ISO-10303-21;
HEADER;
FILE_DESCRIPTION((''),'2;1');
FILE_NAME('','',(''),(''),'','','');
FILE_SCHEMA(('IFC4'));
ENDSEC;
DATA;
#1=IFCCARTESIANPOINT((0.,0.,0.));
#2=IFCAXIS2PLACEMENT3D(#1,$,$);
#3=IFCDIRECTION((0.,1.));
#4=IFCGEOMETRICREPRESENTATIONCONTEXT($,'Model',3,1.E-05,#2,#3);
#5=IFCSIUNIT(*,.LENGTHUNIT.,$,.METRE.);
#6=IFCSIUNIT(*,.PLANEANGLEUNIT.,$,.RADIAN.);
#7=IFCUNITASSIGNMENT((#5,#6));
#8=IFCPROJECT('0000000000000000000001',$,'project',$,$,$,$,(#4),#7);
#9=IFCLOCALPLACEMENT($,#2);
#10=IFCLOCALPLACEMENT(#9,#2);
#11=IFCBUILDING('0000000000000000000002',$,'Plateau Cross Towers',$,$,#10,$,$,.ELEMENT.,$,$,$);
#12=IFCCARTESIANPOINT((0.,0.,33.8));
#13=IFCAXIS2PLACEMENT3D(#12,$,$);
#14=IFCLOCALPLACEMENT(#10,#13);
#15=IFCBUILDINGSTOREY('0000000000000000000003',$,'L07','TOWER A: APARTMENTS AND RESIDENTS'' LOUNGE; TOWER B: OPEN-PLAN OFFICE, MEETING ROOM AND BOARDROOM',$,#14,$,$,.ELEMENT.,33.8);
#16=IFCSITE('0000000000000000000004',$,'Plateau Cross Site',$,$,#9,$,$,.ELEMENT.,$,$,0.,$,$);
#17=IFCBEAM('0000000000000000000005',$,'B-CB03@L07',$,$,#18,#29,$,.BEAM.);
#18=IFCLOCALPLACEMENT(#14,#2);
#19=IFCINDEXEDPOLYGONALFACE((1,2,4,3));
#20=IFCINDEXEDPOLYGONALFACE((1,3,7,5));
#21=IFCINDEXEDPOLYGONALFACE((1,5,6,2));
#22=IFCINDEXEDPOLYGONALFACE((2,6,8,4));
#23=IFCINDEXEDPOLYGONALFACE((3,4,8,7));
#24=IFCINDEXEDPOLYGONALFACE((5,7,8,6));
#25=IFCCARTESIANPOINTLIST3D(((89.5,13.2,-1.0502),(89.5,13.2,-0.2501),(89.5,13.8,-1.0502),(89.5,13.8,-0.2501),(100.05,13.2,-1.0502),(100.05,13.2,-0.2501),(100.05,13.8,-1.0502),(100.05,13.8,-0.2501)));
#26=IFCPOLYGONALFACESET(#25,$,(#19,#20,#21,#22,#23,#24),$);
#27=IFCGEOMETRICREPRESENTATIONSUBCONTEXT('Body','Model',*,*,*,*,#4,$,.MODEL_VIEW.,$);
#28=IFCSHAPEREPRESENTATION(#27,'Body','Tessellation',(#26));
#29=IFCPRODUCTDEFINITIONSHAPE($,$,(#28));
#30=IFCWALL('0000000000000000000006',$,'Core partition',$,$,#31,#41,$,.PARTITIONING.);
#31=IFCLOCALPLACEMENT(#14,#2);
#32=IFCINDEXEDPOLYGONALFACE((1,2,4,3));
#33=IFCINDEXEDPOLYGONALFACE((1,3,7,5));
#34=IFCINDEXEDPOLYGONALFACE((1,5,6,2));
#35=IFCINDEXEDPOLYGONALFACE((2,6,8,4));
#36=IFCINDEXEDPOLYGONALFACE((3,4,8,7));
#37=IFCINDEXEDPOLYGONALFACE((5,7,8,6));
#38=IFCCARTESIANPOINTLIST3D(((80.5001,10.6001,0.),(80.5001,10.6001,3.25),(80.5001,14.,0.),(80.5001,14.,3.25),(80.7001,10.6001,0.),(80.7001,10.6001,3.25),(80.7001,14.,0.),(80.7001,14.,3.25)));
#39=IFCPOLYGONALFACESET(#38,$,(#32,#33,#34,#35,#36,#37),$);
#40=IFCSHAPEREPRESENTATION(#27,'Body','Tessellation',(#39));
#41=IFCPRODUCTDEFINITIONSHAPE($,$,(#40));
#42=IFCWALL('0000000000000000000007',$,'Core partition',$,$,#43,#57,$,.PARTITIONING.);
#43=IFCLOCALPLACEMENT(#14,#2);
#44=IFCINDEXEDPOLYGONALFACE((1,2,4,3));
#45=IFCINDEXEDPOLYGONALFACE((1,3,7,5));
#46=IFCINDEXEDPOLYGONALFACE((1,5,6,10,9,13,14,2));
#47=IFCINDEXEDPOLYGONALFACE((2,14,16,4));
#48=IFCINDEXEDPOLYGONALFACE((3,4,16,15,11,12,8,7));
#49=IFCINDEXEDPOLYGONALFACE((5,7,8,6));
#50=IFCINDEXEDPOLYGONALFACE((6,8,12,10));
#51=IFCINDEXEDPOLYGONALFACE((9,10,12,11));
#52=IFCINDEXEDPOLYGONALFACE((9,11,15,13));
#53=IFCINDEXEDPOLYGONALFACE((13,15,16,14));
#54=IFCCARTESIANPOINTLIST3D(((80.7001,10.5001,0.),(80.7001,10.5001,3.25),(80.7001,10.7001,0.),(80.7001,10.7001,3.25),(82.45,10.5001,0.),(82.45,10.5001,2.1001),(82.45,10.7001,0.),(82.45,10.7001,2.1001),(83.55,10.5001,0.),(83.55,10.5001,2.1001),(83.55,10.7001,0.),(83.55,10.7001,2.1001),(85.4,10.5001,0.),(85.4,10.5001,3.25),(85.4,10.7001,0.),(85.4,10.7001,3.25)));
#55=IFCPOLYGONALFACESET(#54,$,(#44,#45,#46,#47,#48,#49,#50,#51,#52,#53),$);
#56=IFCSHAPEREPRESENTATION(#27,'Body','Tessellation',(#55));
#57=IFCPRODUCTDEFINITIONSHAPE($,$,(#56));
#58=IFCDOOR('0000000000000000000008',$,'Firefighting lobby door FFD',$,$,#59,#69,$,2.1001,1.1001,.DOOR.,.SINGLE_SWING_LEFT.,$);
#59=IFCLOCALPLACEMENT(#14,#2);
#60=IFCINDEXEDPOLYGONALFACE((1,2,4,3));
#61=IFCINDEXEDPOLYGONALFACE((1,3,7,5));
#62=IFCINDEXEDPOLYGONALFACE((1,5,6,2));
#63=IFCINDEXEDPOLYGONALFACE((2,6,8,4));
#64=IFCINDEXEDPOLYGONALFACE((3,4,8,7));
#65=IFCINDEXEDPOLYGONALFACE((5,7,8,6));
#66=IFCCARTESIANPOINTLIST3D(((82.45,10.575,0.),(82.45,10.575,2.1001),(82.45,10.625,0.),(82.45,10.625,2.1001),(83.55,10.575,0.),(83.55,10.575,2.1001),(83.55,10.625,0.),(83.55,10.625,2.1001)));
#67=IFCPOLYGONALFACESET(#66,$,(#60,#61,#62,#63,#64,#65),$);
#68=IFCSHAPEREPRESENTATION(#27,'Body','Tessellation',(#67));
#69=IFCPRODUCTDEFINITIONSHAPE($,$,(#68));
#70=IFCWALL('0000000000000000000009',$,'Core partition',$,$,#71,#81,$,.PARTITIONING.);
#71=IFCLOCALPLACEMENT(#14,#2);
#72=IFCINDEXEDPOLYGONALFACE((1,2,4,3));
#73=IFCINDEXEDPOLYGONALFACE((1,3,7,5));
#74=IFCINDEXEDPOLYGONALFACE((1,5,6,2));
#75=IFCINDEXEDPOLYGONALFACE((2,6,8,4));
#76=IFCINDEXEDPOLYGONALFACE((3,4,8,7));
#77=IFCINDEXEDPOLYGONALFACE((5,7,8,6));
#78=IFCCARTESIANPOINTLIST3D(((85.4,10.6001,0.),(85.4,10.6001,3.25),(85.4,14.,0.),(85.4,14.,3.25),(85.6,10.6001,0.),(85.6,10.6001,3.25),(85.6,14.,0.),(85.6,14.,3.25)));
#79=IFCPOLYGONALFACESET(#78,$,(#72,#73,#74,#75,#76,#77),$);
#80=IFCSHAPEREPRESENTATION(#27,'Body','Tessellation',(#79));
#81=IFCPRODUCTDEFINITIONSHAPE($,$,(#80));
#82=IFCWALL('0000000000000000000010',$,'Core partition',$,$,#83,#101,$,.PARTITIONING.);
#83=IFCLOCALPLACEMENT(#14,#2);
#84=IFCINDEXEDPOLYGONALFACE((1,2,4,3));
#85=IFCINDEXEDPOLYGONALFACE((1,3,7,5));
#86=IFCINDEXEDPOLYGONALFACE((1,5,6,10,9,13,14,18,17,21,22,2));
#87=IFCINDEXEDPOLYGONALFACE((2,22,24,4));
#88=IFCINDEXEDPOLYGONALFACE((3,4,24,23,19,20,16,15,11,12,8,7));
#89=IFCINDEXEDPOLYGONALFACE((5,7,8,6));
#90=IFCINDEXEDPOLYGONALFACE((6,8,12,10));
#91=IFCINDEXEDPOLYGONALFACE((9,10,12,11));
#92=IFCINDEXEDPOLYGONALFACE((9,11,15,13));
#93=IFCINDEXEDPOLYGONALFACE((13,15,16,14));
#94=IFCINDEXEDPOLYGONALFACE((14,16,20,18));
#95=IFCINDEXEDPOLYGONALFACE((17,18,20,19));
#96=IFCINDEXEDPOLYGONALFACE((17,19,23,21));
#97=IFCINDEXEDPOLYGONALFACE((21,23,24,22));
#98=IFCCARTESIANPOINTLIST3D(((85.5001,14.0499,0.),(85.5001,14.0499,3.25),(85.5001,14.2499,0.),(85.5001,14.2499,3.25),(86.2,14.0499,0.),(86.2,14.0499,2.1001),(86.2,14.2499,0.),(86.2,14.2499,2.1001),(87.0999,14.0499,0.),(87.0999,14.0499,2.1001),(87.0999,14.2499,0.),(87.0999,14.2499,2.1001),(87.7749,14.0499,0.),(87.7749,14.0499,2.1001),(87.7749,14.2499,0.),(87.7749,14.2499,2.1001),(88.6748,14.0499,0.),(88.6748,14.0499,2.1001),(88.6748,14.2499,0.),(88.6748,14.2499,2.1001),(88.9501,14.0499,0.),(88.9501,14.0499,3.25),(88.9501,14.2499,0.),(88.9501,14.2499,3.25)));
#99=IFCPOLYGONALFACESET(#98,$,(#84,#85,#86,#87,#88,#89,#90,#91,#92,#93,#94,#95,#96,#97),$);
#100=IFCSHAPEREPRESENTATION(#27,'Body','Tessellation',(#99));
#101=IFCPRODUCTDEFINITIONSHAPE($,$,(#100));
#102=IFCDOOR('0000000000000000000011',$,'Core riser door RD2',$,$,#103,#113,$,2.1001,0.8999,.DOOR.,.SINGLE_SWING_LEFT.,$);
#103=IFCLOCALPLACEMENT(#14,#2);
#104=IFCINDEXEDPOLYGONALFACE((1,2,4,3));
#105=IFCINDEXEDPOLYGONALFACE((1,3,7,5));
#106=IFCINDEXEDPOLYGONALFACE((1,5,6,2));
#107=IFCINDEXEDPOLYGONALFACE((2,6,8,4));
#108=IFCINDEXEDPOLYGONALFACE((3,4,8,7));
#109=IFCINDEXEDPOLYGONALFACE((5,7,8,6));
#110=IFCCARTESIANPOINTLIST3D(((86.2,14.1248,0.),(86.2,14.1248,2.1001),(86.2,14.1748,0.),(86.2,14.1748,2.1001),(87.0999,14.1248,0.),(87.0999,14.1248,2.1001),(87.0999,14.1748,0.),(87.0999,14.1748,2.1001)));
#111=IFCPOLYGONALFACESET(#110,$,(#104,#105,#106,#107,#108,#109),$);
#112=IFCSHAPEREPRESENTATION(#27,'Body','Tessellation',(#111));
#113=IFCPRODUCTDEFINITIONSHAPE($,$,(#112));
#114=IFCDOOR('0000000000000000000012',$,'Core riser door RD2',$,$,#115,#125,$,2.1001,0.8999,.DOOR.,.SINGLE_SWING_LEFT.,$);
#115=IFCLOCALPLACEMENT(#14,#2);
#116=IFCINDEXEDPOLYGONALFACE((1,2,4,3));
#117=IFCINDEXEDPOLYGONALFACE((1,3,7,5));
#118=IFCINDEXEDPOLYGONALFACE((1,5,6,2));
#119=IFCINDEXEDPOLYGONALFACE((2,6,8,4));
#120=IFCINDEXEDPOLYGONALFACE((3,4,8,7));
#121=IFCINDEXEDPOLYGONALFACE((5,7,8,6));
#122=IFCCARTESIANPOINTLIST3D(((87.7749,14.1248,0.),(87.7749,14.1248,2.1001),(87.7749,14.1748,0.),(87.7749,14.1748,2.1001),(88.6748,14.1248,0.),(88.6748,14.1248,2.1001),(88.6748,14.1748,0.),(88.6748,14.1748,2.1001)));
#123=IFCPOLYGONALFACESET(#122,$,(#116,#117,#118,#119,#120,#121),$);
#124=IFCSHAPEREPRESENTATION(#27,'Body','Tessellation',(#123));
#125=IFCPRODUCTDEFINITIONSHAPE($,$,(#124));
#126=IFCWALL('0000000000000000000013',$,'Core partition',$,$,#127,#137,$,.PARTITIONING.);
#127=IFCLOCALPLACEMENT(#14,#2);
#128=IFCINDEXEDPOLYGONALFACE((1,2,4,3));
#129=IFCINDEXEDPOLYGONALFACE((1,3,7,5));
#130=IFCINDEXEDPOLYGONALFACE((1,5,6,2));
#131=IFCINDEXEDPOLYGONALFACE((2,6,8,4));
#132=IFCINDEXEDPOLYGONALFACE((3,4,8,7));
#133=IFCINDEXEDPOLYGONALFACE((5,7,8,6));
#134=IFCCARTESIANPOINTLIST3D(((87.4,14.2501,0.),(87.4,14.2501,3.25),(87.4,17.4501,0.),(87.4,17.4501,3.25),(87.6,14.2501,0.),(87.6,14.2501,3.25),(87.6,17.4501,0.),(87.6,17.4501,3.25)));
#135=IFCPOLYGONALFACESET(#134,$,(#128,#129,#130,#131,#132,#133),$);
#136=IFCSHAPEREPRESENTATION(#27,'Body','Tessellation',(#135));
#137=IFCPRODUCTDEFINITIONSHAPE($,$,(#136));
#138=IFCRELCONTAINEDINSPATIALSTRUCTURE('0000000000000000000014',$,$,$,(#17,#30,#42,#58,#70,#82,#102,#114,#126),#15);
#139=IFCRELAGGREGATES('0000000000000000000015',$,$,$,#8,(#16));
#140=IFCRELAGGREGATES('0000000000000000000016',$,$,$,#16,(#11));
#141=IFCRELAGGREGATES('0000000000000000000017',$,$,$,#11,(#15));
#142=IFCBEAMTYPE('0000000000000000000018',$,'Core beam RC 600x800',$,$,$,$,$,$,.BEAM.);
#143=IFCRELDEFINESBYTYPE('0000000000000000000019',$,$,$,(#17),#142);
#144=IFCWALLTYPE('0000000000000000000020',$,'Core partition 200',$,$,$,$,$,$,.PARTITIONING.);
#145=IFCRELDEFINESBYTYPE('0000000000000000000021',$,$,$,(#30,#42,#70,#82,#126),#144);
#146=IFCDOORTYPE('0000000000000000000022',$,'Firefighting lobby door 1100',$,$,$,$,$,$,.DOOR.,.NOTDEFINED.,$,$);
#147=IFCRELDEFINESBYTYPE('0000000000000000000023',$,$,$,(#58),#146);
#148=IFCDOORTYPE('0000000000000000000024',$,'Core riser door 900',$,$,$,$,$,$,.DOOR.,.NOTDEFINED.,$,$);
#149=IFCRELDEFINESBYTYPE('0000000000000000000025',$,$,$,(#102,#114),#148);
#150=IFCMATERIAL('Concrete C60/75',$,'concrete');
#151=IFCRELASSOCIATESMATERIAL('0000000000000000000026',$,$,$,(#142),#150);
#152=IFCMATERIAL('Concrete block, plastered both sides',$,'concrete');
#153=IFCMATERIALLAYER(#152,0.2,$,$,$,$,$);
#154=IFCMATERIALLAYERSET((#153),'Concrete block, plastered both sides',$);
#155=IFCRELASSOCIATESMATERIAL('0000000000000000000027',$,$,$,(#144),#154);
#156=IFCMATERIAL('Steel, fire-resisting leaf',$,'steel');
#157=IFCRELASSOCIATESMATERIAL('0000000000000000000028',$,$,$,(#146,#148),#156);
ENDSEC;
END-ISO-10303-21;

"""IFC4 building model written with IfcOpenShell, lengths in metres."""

from ifc_helpers import new_model, si_unit, direction, frame, frame_2d, origin, origin_2d, place, context, subcontext, project, spatial, rectangle, extrude, material, layer, layer_set, material_profile, profile_set, type_object, element, fill, save


model = new_model("IFC4")

# Units and contexts
model_context = context("Model", 3, precision=1e-05, world=origin(), true_north=direction((0.0, 1.0)))
body_context = subcontext(model_context, "Body", "Model", "MODEL_VIEW")
ifc_project = project(units=[si_unit("LENGTHUNIT", "METRE"), si_unit("PLANEANGLEUNIT", "RADIAN")], contexts=[model_context])

# Site, building, storey
site_placement = place(None, origin())
site = spatial("IfcSite", under=ifc_project, at=site_placement, Name="Plateau Cross Site", CompositionType="ELEMENT", RefElevation=0.0)
building_placement = place(site_placement, origin())
building = spatial("IfcBuilding", under=site, at=building_placement, Name="Plateau Cross Towers", CompositionType="ELEMENT")
storey_placement = place(building_placement, frame((0.0, 0.0, 33.8)))
storey = spatial("IfcBuildingStorey", under=building, at=storey_placement, Name="L07", Description="TOWER A: APARTMENTS AND RESIDENTS' LOUNGE; TOWER B: OPEN-PLAN OFFICE, MEETING ROOM AND BOARDROOM", CompositionType="ELEMENT", Elevation=33.8)

# Beam
ifc_material_1 = material(Name="Concrete C60/75", Category="concrete")
ifc_material_profile = material_profile(ifc_material_1, rectangle(XDim=0.6001, YDim=0.8, at=origin_2d()), Name="RC 600x800")
ifc_profile_set = profile_set([ifc_material_profile], Name="Concrete C60/75")
beam_type = type_object("IfcBeamType", Name="Core beam RC 600x800", PredefinedType="BEAM", material=ifc_profile_set)
beam_placement = place(storey_placement, frame((89.5, 13.5, -0.6501), z_axis=(1.0, 0.0, 0.0), x_axis=(0.0, 1.0, 0.0)))
element("IfcBeam", 1, at=beam_placement, inside=storey, type_object=beam_type, Name="B-CB03@L07", PredefinedType="BEAM", context=body_context, shape_type="SweptSolid", body=[
    extrude(rectangle(XDim=0.6001, YDim=0.8, at=origin_2d()), origin(), (0.0, 0.0, 1.0), 10.55),
])

# Wall
ifc_material_2 = material(Name="Concrete block, plastered both sides", Category="concrete")
ifc_layer_1 = layer(ifc_material_2, 0.2)
ifc_layer_set_1 = layer_set([ifc_layer_1], Name="Concrete block, plastered both sides")
wall_type_1 = type_object("IfcWallType", Name="Core partition 200", PredefinedType="PARTITIONING", material=ifc_layer_set_1)
wall_1_placement = place(storey_placement, frame((80.6001, 10.6001, 0.0), z_axis=(0.0, 0.0, 1.0), x_axis=(0.0, 1.0, 0.0)))
element("IfcWall", 2, at=wall_1_placement, inside=storey, type_object=wall_type_1, Name="Core partition", PredefinedType="PARTITIONING", context=body_context, shape_type="SweptSolid", body=[
    extrude(rectangle(XDim=3.3999, YDim=0.2, at=frame_2d((1.7, 0.0))), origin(), (0.0, 0.0, 1.0), 3.25),
])

# Wall, opening, door
wall_2_placement = place(storey_placement, frame((80.7, 10.6001, 0.0), z_axis=(0.0, 0.0, 1.0), x_axis=(1.0, 0.0, 0.0)))
wall_2 = element("IfcWall", 3, at=wall_2_placement, inside=storey, type_object=wall_type_1, Name="Core partition", PredefinedType="PARTITIONING", context=body_context, shape_type="SweptSolid", body=[
    extrude(rectangle(XDim=4.7, YDim=0.2, at=frame_2d((2.3501, 0.0))), origin(), (0.0, 0.0, 1.0), 3.25),
])
opening_1_placement = place(wall_2_placement, frame((1.75, 0.0, 0.0)))
opening_1 = element("IfcOpeningElement", 4, at=opening_1_placement, cuts=wall_2, PredefinedType="OPENING", context=body_context, shape_type="SweptSolid", body=[
    extrude(rectangle(XDim=1.1001, YDim=2.1001, at=frame_2d((0.55, 1.05))), frame((0.0, 0.1099, 0.0), z_axis=(0.0, -1.0, 0.0), x_axis=(1.0, 0.0, 0.0)), (0.0, 0.0, 1.0), 0.22),
])
ifc_material_3 = material(Name="Steel, fire-resisting leaf", Category="steel")
door_type_1 = type_object("IfcDoorType", Name="Firefighting lobby door 1100", OperationType="NOTDEFINED", PredefinedType="DOOR", material=ifc_material_3)
door_1_placement = place(opening_1_placement, origin())
door_1 = element("IfcDoor", 5, at=door_1_placement, inside=storey, type_object=door_type_1, Name="Firefighting lobby door FFD", OperationType="SINGLE_SWING_LEFT", OverallHeight=2.1001, OverallWidth=1.1001, PredefinedType="DOOR", context=body_context, shape_type="SweptSolid", body=[
    extrude(rectangle(XDim=1.1001, YDim=2.1001, at=frame_2d((0.55, 1.05))), frame((0.0, 0.0249, 0.0), z_axis=(0.0, -1.0, 0.0), x_axis=(1.0, 0.0, 0.0)), (0.0, 0.0, 1.0), 0.05),
])
fill(opening_1, door_1)

# Wall
wall_3_placement = place(storey_placement, frame((85.5, 10.6001, 0.0), z_axis=(0.0, 0.0, 1.0), x_axis=(0.0, 1.0, 0.0)))
element("IfcWall", 6, at=wall_3_placement, inside=storey, type_object=wall_type_1, Name="Core partition", PredefinedType="PARTITIONING", context=body_context, shape_type="SweptSolid", body=[
    extrude(rectangle(XDim=3.3999, YDim=0.2, at=frame_2d((1.7, 0.0))), origin(), (0.0, 0.0, 1.0), 3.25),
])

# Wall, openings, doors
wall_4_placement = place(storey_placement, frame((85.5, 14.1499, 0.0), z_axis=(0.0, 0.0, 1.0), x_axis=(1.0, 0.0, 0.0)))
wall_4 = element("IfcWall", 7, at=wall_4_placement, inside=storey, type_object=wall_type_1, Name="Core partition", PredefinedType="PARTITIONING", context=body_context, shape_type="SweptSolid", body=[
    extrude(rectangle(XDim=3.45, YDim=0.2, at=frame_2d((1.7251, 0.0))), origin(), (0.0, 0.0, 1.0), 3.25),
])
opening_2_placement = place(wall_4_placement, frame((0.7, 0.0, 0.0)))
opening_2 = element("IfcOpeningElement", 8, at=opening_2_placement, cuts=wall_4, PredefinedType="OPENING", context=body_context, shape_type="SweptSolid", body=[
    extrude(rectangle(XDim=0.8999, YDim=2.1001, at=frame_2d((0.45, 1.05))), frame((0.0, 0.1099, 0.0), z_axis=(0.0, -1.0, 0.0), x_axis=(1.0, 0.0, 0.0)), (0.0, 0.0, 1.0), 0.22),
])
opening_3_placement = place(wall_4_placement, frame((2.2749, 0.0, 0.0)))
opening_3 = element("IfcOpeningElement", 9, at=opening_3_placement, cuts=wall_4, PredefinedType="OPENING", context=body_context, shape_type="SweptSolid", body=[
    extrude(rectangle(XDim=0.8999, YDim=2.1001, at=frame_2d((0.45, 1.05))), frame((0.0, 0.1099, 0.0), z_axis=(0.0, -1.0, 0.0), x_axis=(1.0, 0.0, 0.0)), (0.0, 0.0, 1.0), 0.22),
])
door_type_2 = type_object("IfcDoorType", Name="Core riser door 900", OperationType="NOTDEFINED", PredefinedType="DOOR", material=ifc_material_3)
door_2_placement = place(opening_2_placement, origin())
door_2 = element("IfcDoor", 10, at=door_2_placement, inside=storey, type_object=door_type_2, Name="Core riser door RD2", OperationType="SINGLE_SWING_LEFT", OverallHeight=2.1001, OverallWidth=0.8999, PredefinedType="DOOR", context=body_context, shape_type="SweptSolid", body=[
    extrude(rectangle(XDim=0.8999, YDim=2.1001, at=frame_2d((0.45, 1.05))), frame((0.0, 0.0249, 0.0), z_axis=(0.0, -1.0, 0.0), x_axis=(1.0, 0.0, 0.0)), (0.0, 0.0, 1.0), 0.05),
])
fill(opening_2, door_2)
door_3_placement = place(opening_3_placement, origin())
door_3 = element("IfcDoor", 11, at=door_3_placement, inside=storey, type_object=door_type_2, Name="Core riser door RD2", OperationType="SINGLE_SWING_LEFT", OverallHeight=2.1001, OverallWidth=0.8999, PredefinedType="DOOR", context=body_context, shape_type="SweptSolid", body=[
    extrude(rectangle(XDim=0.8999, YDim=2.1001, at=frame_2d((0.45, 1.05))), frame((0.0, 0.0249, 0.0), z_axis=(0.0, -1.0, 0.0), x_axis=(1.0, 0.0, 0.0)), (0.0, 0.0, 1.0), 0.05),
])
fill(opening_3, door_3)

# Wall
wall_5_placement = place(storey_placement, frame((87.5, 14.25, 0.0), z_axis=(0.0, 0.0, 1.0), x_axis=(0.0, 1.0, 0.0)))
element("IfcWall", 12, at=wall_5_placement, inside=storey, type_object=wall_type_1, Name="Core partition", PredefinedType="PARTITIONING", context=body_context, shape_type="SweptSolid", body=[
    extrude(rectangle(XDim=3.2, YDim=0.2, at=frame_2d((1.6001, 0.0))), origin(), (0.0, 0.0, 1.0), 3.25),
])

save(model, "model.ifc")
